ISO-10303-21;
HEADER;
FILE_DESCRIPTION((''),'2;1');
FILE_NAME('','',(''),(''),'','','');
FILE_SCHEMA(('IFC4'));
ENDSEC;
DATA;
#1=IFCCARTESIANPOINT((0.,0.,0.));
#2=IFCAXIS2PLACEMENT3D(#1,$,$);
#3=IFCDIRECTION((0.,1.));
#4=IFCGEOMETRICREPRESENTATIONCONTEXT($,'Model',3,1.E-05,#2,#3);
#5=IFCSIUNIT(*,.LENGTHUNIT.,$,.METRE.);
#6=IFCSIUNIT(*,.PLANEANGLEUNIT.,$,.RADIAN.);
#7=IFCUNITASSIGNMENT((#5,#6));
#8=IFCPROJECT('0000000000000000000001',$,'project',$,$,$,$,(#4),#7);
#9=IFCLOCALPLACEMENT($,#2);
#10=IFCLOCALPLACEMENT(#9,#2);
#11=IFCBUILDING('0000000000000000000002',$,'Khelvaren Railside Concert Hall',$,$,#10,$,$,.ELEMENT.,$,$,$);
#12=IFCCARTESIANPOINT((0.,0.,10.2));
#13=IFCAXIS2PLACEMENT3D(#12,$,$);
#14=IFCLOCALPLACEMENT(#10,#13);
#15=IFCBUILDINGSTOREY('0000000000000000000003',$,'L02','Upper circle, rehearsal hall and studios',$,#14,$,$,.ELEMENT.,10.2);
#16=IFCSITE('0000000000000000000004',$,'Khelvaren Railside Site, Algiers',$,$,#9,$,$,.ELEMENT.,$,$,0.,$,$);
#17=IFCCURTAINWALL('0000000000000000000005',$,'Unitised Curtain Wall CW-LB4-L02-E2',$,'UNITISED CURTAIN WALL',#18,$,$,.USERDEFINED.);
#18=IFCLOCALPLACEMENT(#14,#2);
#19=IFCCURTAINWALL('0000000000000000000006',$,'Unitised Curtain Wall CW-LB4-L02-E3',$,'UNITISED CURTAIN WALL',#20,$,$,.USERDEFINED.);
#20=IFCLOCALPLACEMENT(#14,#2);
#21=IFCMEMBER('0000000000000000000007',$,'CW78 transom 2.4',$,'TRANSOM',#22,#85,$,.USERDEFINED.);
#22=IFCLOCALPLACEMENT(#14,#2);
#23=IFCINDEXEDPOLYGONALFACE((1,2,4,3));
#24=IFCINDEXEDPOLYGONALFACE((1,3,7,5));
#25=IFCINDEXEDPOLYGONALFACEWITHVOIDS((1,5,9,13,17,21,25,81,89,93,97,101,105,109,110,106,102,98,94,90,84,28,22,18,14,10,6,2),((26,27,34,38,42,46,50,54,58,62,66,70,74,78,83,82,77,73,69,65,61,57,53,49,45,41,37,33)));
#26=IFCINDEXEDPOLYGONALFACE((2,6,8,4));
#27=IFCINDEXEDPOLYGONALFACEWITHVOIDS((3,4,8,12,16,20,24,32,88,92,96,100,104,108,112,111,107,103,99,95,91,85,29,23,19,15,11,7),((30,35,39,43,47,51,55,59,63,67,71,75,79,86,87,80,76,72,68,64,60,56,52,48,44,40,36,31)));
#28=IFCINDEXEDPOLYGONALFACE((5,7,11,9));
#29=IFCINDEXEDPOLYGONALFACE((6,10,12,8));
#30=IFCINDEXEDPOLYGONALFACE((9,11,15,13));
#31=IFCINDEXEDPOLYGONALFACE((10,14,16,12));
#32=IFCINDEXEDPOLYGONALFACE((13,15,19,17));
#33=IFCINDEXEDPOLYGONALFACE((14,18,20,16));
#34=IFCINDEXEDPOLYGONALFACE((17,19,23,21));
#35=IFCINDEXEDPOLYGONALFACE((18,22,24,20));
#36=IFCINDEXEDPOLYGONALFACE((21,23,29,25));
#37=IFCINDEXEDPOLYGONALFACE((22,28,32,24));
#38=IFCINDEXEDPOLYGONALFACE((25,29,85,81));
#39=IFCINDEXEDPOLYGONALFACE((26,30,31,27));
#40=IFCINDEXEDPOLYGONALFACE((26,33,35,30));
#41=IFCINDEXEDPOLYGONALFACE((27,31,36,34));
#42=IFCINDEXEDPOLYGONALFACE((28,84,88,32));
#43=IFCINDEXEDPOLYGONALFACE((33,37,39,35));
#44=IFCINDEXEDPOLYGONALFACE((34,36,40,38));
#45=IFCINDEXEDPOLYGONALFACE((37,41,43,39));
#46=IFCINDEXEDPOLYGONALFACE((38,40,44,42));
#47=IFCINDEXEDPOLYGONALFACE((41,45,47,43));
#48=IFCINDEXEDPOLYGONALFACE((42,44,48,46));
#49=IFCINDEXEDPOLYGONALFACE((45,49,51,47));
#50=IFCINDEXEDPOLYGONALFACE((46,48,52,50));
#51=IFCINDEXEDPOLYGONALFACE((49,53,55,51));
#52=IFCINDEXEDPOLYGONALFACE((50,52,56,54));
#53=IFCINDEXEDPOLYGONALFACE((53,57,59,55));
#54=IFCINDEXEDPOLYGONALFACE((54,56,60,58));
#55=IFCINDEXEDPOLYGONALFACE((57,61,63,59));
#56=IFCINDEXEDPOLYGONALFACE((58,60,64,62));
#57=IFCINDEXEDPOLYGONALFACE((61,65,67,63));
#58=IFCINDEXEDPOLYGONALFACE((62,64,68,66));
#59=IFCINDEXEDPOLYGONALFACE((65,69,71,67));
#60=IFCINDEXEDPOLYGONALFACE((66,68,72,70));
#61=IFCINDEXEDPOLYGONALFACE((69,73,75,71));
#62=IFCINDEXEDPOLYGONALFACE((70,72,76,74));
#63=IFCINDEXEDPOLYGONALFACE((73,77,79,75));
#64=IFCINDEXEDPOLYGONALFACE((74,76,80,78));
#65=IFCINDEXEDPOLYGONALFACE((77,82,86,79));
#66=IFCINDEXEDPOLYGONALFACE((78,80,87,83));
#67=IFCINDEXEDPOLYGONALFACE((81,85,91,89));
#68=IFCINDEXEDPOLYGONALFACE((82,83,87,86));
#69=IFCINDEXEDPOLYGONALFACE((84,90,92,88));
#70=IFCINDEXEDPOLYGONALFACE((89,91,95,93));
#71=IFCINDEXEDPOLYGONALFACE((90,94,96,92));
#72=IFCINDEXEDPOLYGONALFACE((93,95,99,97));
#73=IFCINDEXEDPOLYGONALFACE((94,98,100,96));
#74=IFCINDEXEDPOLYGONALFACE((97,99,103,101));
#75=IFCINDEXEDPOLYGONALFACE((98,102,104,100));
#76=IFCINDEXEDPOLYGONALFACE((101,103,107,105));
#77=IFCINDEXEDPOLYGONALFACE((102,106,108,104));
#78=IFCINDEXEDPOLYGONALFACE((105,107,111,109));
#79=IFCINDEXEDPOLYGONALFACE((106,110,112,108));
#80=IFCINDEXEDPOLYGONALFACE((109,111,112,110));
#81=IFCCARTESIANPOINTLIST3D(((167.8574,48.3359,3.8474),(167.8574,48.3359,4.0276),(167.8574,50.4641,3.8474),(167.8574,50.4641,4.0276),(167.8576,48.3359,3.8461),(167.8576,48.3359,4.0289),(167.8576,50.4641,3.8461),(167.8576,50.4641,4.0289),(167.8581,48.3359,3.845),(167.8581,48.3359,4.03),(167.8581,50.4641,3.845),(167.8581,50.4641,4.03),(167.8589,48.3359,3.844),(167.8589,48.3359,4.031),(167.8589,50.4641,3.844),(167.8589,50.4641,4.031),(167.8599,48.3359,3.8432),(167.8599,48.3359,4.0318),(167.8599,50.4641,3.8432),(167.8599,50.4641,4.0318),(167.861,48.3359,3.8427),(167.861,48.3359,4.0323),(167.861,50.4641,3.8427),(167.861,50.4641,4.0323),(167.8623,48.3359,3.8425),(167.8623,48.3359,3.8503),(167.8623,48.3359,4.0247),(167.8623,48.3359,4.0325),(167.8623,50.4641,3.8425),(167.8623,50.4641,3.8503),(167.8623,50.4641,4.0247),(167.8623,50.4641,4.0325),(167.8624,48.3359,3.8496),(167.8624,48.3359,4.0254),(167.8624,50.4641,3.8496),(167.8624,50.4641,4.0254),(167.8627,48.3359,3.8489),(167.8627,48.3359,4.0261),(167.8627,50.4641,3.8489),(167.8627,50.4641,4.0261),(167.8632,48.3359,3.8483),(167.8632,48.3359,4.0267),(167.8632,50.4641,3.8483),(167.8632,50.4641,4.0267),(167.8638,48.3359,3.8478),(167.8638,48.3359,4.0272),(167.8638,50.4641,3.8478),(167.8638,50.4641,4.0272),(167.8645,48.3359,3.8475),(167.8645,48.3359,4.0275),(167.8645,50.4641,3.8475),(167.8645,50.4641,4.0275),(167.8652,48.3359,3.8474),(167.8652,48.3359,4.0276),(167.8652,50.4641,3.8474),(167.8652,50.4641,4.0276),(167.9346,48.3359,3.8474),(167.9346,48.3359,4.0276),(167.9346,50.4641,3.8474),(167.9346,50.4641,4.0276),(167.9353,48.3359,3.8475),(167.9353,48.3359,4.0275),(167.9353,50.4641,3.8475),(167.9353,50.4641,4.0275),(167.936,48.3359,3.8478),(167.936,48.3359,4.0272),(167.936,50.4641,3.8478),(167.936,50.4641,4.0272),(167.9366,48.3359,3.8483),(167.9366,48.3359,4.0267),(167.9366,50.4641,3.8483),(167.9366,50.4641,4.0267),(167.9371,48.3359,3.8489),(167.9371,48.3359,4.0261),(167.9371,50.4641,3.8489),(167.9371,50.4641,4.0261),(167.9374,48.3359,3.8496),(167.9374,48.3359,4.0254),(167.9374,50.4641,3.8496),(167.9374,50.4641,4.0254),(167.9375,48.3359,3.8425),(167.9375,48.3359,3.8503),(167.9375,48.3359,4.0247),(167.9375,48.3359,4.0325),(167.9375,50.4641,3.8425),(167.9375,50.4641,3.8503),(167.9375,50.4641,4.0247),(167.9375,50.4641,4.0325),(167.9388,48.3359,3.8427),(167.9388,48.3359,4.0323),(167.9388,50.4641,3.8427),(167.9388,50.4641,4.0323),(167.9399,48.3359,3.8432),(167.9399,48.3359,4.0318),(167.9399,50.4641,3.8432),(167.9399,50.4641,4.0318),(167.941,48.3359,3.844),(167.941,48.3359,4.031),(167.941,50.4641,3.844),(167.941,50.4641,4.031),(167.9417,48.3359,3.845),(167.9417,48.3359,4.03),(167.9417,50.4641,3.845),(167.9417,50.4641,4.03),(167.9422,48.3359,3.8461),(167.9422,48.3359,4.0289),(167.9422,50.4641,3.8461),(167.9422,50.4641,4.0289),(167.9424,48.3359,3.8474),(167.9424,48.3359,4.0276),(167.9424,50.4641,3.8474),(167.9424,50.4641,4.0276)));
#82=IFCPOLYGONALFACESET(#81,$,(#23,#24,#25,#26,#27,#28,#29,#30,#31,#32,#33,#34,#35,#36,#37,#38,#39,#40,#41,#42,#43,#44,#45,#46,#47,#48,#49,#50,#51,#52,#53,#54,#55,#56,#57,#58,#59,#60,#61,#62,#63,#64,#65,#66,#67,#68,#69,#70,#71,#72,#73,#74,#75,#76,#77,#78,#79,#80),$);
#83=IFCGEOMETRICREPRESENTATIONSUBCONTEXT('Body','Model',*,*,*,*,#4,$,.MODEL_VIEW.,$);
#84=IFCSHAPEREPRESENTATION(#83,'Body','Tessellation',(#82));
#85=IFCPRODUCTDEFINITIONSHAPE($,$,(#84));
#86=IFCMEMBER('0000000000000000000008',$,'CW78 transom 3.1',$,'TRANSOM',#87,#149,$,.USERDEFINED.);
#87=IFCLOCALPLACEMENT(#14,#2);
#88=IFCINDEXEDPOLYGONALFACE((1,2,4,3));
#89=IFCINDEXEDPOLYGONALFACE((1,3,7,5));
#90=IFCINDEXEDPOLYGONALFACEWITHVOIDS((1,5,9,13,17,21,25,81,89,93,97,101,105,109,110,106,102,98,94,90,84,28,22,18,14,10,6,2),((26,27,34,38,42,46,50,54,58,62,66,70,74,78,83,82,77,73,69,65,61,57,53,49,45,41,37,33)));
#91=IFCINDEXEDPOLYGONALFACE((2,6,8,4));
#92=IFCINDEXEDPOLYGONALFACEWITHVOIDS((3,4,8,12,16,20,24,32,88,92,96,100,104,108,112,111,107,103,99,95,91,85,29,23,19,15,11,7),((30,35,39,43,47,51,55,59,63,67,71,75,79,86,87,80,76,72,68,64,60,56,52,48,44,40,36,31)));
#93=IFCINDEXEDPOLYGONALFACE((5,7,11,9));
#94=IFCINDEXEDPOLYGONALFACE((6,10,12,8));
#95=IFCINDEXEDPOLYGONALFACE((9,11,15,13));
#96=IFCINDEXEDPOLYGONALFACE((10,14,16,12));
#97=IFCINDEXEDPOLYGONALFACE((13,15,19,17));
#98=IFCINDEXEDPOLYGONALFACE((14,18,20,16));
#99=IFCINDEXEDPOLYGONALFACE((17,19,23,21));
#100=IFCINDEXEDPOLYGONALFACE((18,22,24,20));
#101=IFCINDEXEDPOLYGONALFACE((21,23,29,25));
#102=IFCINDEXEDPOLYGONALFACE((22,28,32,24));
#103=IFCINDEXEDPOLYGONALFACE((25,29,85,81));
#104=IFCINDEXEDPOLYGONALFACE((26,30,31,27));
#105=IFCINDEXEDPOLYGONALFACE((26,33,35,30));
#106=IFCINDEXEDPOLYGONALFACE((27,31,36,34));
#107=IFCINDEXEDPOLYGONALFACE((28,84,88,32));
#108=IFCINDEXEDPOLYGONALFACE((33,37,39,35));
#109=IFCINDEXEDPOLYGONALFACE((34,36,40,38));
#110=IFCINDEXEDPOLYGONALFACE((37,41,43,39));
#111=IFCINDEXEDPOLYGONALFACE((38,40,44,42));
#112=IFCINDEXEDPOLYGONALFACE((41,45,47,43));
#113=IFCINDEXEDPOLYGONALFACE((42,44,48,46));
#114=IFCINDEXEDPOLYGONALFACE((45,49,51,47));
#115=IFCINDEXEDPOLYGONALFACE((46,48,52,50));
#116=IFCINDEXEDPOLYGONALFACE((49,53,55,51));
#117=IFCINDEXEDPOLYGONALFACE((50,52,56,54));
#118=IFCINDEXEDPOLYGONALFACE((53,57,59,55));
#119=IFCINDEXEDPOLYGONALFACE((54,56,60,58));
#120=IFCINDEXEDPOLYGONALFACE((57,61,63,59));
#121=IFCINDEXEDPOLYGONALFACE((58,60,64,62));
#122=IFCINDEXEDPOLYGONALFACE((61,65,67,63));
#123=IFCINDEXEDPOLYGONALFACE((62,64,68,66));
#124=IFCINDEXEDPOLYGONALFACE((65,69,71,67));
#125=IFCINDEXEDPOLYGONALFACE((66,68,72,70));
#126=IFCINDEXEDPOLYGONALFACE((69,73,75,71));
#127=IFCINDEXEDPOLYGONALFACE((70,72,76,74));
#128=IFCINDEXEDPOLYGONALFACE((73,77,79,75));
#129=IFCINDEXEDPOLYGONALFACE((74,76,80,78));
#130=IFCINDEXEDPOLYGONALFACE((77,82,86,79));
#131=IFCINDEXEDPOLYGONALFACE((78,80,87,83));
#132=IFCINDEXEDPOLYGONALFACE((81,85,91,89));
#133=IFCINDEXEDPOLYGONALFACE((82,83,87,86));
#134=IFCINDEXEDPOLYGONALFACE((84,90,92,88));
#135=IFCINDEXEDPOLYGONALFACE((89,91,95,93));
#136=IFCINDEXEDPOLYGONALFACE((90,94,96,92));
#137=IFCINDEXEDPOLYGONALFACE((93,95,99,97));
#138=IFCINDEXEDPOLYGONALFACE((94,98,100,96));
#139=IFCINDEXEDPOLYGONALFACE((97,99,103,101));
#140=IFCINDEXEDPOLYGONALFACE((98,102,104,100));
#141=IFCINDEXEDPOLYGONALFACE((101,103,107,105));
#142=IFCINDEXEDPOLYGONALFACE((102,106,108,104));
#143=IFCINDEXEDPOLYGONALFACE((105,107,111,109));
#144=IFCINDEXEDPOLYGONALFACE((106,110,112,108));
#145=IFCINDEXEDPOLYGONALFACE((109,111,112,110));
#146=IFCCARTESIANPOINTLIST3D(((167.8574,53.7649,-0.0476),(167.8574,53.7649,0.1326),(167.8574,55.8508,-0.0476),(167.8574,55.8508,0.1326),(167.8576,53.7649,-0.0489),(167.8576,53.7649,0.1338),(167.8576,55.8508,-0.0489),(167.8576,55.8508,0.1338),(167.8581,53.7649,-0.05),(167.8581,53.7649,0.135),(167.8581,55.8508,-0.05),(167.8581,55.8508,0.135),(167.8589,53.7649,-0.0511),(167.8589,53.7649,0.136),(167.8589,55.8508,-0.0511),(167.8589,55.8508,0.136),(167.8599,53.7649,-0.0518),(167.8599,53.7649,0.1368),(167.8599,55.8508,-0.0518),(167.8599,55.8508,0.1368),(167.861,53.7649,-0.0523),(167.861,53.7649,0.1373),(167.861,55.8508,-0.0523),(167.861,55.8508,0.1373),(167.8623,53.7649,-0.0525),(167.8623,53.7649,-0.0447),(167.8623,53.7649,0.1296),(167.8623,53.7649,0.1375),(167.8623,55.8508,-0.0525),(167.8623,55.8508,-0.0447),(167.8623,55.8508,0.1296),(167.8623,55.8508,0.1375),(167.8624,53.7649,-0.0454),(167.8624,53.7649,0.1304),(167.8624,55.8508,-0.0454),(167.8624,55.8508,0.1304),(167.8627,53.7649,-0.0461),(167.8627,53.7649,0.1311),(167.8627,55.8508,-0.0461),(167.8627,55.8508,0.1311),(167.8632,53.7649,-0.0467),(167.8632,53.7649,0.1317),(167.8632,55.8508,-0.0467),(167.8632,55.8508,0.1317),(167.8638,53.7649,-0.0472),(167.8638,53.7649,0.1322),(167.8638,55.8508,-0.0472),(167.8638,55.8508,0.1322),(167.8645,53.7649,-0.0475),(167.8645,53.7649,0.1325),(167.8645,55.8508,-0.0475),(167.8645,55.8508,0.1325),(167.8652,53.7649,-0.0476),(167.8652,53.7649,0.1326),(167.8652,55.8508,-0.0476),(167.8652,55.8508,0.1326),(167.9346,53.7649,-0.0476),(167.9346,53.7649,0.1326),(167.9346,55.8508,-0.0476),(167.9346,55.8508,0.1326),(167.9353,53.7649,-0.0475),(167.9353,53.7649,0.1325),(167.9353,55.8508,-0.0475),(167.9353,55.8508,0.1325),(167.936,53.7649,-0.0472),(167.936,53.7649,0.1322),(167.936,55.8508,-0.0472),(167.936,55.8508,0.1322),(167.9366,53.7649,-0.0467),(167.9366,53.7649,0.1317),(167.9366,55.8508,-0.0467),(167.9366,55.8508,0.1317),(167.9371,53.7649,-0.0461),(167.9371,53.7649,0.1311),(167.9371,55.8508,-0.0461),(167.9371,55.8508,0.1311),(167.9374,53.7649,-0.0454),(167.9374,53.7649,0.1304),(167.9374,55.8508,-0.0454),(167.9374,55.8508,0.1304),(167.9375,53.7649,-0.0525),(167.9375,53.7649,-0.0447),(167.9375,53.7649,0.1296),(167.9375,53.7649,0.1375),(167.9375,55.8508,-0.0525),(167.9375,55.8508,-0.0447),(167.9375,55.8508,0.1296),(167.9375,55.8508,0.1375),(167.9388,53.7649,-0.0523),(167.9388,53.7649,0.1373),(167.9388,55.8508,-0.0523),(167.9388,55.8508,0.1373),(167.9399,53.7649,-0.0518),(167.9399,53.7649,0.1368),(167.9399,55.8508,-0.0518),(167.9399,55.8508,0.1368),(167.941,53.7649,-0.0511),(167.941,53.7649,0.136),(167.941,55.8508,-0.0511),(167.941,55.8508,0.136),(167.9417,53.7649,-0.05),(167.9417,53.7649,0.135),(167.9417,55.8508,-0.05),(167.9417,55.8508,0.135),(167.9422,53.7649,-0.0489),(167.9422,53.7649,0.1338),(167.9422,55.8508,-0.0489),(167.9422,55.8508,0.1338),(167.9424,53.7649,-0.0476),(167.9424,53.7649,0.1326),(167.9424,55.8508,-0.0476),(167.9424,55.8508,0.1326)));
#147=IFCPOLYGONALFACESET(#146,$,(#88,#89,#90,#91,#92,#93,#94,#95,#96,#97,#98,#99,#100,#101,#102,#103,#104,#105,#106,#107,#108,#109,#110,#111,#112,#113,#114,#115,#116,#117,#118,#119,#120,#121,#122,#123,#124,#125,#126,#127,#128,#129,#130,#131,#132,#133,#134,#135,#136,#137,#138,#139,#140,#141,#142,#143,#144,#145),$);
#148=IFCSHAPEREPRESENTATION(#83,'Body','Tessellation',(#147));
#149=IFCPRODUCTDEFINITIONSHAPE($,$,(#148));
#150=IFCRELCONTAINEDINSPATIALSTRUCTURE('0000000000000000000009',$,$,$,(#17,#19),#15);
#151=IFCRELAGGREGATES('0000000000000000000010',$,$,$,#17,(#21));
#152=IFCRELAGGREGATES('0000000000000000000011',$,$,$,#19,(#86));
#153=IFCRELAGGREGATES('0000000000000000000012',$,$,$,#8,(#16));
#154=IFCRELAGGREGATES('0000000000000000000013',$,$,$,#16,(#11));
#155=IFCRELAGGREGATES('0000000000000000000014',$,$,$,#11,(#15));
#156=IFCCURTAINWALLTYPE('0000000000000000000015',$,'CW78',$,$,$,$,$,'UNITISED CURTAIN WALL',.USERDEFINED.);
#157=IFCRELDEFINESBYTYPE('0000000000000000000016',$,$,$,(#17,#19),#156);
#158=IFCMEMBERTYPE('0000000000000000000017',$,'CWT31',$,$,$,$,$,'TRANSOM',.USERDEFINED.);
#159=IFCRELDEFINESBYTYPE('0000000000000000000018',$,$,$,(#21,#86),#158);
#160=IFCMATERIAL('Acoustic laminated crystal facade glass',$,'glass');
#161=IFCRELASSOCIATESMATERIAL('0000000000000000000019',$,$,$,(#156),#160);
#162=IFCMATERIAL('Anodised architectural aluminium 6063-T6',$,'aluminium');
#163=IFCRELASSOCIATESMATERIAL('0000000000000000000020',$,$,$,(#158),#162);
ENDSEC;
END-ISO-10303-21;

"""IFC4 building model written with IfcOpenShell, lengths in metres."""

from ifc_helpers import new_model, si_unit, direction, frame, origin, origin_2d, place, context, subcontext, project, spatial, hollow_rectangle, extrude, material, material_profile, profile_set, type_object, element, aggregate, save


model = new_model("IFC4")

# Units and contexts
model_context = context("Model", 3, precision=1e-05, world=origin(), true_north=direction((0.0, 1.0)))
body_context = subcontext(model_context, "Body", "Model", "MODEL_VIEW")
ifc_project = project(units=[si_unit("LENGTHUNIT", "METRE"), si_unit("PLANEANGLEUNIT", "RADIAN")], contexts=[model_context])

# Site, building, storey
site_placement = place(None, origin())
site = spatial("IfcSite", under=ifc_project, at=site_placement, Name="Khelvaren Railside Site, Algiers", CompositionType="ELEMENT", RefElevation=0.0)
building_placement = place(site_placement, origin())
building = spatial("IfcBuilding", under=site, at=building_placement, Name="Khelvaren Railside Concert Hall", CompositionType="ELEMENT")
storey_placement = place(building_placement, frame((0.0, 0.0, 10.2)))
storey = spatial("IfcBuildingStorey", under=building, at=storey_placement, Name="L02", Description="Upper circle, rehearsal hall and studios", CompositionType="ELEMENT", Elevation=10.2)

# Curtain walls
ifc_material_1 = material(Name="Acoustic laminated crystal facade glass", Category="glass")
curtain_wall_type = type_object("IfcCurtainWallType", Name="CW78", ElementType="UNITISED CURTAIN WALL", PredefinedType="USERDEFINED", material=ifc_material_1)
curtain_wall_1_placement = place(storey_placement, origin())
curtain_wall_1 = element("IfcCurtainWall", 1, at=curtain_wall_1_placement, inside=storey, type_object=curtain_wall_type, Name="Unitised Curtain Wall CW-LB4-L02-E2", ObjectType="UNITISED CURTAIN WALL", PredefinedType="USERDEFINED")
ifc_material_2 = material(Name="Anodised architectural aluminium 6063-T6", Category="aluminium")
curtain_wall_2_placement = place(storey_placement, origin())
curtain_wall_2 = element("IfcCurtainWall", 2, at=curtain_wall_2_placement, inside=storey, type_object=curtain_wall_type, Name="Unitised Curtain Wall CW-LB4-L02-E3", ObjectType="UNITISED CURTAIN WALL", PredefinedType="USERDEFINED")

# Members
ifc_material_profile_1 = material_profile(ifc_material_2, hollow_rectangle(XDim=0.085, YDim=0.1899, WallThickness=0.0049, InnerFilletRadius=0.0029, OuterFilletRadius=0.0049, at=origin_2d()), Name="CWT 85x190x5")
ifc_profile_set_1 = profile_set([ifc_material_profile_1], Name="Anodised architectural aluminium 6063-T6")
member_type_1 = type_object("IfcMemberType", Name="CWT31", ElementType="TRANSOM", PredefinedType="USERDEFINED", material=ifc_profile_set_1)
member_1_placement = place(storey_placement, frame((167.8999, 50.4641, 3.9375), z_axis=(0.0, -1.0, 0.0), x_axis=(1.0, 0.0, 0.0)))
member_1 = element("IfcMember", 3, at=member_1_placement, type_object=member_type_1, Name="CW78 transom 2.4", ObjectType="TRANSOM", PredefinedType="USERDEFINED", context=body_context, shape_type="SweptSolid", body=[
    extrude(hollow_rectangle(XDim=0.085, YDim=0.1899, WallThickness=0.0049, InnerFilletRadius=0.0029, OuterFilletRadius=0.0049, at=origin_2d()), origin(), (0.0, 0.0, 1.0), 2.1282),
])
member_2_placement = place(storey_placement, frame((167.8999, 55.8508, 0.0425), z_axis=(0.0, -1.0, 0.0), x_axis=(1.0, 0.0, 0.0)))
member_2 = element("IfcMember", 4, at=member_2_placement, type_object=member_type_1, Name="CW78 transom 3.1", ObjectType="TRANSOM", PredefinedType="USERDEFINED", context=body_context, shape_type="SweptSolid", body=[
    extrude(hollow_rectangle(XDim=0.085, YDim=0.1899, WallThickness=0.0049, InnerFilletRadius=0.0029, OuterFilletRadius=0.0049, at=origin_2d()), origin(), (0.0, 0.0, 1.0), 2.0859),
])

aggregate(curtain_wall_1, [member_1])
aggregate(curtain_wall_2, [member_2])

save(model, "model.ifc")
